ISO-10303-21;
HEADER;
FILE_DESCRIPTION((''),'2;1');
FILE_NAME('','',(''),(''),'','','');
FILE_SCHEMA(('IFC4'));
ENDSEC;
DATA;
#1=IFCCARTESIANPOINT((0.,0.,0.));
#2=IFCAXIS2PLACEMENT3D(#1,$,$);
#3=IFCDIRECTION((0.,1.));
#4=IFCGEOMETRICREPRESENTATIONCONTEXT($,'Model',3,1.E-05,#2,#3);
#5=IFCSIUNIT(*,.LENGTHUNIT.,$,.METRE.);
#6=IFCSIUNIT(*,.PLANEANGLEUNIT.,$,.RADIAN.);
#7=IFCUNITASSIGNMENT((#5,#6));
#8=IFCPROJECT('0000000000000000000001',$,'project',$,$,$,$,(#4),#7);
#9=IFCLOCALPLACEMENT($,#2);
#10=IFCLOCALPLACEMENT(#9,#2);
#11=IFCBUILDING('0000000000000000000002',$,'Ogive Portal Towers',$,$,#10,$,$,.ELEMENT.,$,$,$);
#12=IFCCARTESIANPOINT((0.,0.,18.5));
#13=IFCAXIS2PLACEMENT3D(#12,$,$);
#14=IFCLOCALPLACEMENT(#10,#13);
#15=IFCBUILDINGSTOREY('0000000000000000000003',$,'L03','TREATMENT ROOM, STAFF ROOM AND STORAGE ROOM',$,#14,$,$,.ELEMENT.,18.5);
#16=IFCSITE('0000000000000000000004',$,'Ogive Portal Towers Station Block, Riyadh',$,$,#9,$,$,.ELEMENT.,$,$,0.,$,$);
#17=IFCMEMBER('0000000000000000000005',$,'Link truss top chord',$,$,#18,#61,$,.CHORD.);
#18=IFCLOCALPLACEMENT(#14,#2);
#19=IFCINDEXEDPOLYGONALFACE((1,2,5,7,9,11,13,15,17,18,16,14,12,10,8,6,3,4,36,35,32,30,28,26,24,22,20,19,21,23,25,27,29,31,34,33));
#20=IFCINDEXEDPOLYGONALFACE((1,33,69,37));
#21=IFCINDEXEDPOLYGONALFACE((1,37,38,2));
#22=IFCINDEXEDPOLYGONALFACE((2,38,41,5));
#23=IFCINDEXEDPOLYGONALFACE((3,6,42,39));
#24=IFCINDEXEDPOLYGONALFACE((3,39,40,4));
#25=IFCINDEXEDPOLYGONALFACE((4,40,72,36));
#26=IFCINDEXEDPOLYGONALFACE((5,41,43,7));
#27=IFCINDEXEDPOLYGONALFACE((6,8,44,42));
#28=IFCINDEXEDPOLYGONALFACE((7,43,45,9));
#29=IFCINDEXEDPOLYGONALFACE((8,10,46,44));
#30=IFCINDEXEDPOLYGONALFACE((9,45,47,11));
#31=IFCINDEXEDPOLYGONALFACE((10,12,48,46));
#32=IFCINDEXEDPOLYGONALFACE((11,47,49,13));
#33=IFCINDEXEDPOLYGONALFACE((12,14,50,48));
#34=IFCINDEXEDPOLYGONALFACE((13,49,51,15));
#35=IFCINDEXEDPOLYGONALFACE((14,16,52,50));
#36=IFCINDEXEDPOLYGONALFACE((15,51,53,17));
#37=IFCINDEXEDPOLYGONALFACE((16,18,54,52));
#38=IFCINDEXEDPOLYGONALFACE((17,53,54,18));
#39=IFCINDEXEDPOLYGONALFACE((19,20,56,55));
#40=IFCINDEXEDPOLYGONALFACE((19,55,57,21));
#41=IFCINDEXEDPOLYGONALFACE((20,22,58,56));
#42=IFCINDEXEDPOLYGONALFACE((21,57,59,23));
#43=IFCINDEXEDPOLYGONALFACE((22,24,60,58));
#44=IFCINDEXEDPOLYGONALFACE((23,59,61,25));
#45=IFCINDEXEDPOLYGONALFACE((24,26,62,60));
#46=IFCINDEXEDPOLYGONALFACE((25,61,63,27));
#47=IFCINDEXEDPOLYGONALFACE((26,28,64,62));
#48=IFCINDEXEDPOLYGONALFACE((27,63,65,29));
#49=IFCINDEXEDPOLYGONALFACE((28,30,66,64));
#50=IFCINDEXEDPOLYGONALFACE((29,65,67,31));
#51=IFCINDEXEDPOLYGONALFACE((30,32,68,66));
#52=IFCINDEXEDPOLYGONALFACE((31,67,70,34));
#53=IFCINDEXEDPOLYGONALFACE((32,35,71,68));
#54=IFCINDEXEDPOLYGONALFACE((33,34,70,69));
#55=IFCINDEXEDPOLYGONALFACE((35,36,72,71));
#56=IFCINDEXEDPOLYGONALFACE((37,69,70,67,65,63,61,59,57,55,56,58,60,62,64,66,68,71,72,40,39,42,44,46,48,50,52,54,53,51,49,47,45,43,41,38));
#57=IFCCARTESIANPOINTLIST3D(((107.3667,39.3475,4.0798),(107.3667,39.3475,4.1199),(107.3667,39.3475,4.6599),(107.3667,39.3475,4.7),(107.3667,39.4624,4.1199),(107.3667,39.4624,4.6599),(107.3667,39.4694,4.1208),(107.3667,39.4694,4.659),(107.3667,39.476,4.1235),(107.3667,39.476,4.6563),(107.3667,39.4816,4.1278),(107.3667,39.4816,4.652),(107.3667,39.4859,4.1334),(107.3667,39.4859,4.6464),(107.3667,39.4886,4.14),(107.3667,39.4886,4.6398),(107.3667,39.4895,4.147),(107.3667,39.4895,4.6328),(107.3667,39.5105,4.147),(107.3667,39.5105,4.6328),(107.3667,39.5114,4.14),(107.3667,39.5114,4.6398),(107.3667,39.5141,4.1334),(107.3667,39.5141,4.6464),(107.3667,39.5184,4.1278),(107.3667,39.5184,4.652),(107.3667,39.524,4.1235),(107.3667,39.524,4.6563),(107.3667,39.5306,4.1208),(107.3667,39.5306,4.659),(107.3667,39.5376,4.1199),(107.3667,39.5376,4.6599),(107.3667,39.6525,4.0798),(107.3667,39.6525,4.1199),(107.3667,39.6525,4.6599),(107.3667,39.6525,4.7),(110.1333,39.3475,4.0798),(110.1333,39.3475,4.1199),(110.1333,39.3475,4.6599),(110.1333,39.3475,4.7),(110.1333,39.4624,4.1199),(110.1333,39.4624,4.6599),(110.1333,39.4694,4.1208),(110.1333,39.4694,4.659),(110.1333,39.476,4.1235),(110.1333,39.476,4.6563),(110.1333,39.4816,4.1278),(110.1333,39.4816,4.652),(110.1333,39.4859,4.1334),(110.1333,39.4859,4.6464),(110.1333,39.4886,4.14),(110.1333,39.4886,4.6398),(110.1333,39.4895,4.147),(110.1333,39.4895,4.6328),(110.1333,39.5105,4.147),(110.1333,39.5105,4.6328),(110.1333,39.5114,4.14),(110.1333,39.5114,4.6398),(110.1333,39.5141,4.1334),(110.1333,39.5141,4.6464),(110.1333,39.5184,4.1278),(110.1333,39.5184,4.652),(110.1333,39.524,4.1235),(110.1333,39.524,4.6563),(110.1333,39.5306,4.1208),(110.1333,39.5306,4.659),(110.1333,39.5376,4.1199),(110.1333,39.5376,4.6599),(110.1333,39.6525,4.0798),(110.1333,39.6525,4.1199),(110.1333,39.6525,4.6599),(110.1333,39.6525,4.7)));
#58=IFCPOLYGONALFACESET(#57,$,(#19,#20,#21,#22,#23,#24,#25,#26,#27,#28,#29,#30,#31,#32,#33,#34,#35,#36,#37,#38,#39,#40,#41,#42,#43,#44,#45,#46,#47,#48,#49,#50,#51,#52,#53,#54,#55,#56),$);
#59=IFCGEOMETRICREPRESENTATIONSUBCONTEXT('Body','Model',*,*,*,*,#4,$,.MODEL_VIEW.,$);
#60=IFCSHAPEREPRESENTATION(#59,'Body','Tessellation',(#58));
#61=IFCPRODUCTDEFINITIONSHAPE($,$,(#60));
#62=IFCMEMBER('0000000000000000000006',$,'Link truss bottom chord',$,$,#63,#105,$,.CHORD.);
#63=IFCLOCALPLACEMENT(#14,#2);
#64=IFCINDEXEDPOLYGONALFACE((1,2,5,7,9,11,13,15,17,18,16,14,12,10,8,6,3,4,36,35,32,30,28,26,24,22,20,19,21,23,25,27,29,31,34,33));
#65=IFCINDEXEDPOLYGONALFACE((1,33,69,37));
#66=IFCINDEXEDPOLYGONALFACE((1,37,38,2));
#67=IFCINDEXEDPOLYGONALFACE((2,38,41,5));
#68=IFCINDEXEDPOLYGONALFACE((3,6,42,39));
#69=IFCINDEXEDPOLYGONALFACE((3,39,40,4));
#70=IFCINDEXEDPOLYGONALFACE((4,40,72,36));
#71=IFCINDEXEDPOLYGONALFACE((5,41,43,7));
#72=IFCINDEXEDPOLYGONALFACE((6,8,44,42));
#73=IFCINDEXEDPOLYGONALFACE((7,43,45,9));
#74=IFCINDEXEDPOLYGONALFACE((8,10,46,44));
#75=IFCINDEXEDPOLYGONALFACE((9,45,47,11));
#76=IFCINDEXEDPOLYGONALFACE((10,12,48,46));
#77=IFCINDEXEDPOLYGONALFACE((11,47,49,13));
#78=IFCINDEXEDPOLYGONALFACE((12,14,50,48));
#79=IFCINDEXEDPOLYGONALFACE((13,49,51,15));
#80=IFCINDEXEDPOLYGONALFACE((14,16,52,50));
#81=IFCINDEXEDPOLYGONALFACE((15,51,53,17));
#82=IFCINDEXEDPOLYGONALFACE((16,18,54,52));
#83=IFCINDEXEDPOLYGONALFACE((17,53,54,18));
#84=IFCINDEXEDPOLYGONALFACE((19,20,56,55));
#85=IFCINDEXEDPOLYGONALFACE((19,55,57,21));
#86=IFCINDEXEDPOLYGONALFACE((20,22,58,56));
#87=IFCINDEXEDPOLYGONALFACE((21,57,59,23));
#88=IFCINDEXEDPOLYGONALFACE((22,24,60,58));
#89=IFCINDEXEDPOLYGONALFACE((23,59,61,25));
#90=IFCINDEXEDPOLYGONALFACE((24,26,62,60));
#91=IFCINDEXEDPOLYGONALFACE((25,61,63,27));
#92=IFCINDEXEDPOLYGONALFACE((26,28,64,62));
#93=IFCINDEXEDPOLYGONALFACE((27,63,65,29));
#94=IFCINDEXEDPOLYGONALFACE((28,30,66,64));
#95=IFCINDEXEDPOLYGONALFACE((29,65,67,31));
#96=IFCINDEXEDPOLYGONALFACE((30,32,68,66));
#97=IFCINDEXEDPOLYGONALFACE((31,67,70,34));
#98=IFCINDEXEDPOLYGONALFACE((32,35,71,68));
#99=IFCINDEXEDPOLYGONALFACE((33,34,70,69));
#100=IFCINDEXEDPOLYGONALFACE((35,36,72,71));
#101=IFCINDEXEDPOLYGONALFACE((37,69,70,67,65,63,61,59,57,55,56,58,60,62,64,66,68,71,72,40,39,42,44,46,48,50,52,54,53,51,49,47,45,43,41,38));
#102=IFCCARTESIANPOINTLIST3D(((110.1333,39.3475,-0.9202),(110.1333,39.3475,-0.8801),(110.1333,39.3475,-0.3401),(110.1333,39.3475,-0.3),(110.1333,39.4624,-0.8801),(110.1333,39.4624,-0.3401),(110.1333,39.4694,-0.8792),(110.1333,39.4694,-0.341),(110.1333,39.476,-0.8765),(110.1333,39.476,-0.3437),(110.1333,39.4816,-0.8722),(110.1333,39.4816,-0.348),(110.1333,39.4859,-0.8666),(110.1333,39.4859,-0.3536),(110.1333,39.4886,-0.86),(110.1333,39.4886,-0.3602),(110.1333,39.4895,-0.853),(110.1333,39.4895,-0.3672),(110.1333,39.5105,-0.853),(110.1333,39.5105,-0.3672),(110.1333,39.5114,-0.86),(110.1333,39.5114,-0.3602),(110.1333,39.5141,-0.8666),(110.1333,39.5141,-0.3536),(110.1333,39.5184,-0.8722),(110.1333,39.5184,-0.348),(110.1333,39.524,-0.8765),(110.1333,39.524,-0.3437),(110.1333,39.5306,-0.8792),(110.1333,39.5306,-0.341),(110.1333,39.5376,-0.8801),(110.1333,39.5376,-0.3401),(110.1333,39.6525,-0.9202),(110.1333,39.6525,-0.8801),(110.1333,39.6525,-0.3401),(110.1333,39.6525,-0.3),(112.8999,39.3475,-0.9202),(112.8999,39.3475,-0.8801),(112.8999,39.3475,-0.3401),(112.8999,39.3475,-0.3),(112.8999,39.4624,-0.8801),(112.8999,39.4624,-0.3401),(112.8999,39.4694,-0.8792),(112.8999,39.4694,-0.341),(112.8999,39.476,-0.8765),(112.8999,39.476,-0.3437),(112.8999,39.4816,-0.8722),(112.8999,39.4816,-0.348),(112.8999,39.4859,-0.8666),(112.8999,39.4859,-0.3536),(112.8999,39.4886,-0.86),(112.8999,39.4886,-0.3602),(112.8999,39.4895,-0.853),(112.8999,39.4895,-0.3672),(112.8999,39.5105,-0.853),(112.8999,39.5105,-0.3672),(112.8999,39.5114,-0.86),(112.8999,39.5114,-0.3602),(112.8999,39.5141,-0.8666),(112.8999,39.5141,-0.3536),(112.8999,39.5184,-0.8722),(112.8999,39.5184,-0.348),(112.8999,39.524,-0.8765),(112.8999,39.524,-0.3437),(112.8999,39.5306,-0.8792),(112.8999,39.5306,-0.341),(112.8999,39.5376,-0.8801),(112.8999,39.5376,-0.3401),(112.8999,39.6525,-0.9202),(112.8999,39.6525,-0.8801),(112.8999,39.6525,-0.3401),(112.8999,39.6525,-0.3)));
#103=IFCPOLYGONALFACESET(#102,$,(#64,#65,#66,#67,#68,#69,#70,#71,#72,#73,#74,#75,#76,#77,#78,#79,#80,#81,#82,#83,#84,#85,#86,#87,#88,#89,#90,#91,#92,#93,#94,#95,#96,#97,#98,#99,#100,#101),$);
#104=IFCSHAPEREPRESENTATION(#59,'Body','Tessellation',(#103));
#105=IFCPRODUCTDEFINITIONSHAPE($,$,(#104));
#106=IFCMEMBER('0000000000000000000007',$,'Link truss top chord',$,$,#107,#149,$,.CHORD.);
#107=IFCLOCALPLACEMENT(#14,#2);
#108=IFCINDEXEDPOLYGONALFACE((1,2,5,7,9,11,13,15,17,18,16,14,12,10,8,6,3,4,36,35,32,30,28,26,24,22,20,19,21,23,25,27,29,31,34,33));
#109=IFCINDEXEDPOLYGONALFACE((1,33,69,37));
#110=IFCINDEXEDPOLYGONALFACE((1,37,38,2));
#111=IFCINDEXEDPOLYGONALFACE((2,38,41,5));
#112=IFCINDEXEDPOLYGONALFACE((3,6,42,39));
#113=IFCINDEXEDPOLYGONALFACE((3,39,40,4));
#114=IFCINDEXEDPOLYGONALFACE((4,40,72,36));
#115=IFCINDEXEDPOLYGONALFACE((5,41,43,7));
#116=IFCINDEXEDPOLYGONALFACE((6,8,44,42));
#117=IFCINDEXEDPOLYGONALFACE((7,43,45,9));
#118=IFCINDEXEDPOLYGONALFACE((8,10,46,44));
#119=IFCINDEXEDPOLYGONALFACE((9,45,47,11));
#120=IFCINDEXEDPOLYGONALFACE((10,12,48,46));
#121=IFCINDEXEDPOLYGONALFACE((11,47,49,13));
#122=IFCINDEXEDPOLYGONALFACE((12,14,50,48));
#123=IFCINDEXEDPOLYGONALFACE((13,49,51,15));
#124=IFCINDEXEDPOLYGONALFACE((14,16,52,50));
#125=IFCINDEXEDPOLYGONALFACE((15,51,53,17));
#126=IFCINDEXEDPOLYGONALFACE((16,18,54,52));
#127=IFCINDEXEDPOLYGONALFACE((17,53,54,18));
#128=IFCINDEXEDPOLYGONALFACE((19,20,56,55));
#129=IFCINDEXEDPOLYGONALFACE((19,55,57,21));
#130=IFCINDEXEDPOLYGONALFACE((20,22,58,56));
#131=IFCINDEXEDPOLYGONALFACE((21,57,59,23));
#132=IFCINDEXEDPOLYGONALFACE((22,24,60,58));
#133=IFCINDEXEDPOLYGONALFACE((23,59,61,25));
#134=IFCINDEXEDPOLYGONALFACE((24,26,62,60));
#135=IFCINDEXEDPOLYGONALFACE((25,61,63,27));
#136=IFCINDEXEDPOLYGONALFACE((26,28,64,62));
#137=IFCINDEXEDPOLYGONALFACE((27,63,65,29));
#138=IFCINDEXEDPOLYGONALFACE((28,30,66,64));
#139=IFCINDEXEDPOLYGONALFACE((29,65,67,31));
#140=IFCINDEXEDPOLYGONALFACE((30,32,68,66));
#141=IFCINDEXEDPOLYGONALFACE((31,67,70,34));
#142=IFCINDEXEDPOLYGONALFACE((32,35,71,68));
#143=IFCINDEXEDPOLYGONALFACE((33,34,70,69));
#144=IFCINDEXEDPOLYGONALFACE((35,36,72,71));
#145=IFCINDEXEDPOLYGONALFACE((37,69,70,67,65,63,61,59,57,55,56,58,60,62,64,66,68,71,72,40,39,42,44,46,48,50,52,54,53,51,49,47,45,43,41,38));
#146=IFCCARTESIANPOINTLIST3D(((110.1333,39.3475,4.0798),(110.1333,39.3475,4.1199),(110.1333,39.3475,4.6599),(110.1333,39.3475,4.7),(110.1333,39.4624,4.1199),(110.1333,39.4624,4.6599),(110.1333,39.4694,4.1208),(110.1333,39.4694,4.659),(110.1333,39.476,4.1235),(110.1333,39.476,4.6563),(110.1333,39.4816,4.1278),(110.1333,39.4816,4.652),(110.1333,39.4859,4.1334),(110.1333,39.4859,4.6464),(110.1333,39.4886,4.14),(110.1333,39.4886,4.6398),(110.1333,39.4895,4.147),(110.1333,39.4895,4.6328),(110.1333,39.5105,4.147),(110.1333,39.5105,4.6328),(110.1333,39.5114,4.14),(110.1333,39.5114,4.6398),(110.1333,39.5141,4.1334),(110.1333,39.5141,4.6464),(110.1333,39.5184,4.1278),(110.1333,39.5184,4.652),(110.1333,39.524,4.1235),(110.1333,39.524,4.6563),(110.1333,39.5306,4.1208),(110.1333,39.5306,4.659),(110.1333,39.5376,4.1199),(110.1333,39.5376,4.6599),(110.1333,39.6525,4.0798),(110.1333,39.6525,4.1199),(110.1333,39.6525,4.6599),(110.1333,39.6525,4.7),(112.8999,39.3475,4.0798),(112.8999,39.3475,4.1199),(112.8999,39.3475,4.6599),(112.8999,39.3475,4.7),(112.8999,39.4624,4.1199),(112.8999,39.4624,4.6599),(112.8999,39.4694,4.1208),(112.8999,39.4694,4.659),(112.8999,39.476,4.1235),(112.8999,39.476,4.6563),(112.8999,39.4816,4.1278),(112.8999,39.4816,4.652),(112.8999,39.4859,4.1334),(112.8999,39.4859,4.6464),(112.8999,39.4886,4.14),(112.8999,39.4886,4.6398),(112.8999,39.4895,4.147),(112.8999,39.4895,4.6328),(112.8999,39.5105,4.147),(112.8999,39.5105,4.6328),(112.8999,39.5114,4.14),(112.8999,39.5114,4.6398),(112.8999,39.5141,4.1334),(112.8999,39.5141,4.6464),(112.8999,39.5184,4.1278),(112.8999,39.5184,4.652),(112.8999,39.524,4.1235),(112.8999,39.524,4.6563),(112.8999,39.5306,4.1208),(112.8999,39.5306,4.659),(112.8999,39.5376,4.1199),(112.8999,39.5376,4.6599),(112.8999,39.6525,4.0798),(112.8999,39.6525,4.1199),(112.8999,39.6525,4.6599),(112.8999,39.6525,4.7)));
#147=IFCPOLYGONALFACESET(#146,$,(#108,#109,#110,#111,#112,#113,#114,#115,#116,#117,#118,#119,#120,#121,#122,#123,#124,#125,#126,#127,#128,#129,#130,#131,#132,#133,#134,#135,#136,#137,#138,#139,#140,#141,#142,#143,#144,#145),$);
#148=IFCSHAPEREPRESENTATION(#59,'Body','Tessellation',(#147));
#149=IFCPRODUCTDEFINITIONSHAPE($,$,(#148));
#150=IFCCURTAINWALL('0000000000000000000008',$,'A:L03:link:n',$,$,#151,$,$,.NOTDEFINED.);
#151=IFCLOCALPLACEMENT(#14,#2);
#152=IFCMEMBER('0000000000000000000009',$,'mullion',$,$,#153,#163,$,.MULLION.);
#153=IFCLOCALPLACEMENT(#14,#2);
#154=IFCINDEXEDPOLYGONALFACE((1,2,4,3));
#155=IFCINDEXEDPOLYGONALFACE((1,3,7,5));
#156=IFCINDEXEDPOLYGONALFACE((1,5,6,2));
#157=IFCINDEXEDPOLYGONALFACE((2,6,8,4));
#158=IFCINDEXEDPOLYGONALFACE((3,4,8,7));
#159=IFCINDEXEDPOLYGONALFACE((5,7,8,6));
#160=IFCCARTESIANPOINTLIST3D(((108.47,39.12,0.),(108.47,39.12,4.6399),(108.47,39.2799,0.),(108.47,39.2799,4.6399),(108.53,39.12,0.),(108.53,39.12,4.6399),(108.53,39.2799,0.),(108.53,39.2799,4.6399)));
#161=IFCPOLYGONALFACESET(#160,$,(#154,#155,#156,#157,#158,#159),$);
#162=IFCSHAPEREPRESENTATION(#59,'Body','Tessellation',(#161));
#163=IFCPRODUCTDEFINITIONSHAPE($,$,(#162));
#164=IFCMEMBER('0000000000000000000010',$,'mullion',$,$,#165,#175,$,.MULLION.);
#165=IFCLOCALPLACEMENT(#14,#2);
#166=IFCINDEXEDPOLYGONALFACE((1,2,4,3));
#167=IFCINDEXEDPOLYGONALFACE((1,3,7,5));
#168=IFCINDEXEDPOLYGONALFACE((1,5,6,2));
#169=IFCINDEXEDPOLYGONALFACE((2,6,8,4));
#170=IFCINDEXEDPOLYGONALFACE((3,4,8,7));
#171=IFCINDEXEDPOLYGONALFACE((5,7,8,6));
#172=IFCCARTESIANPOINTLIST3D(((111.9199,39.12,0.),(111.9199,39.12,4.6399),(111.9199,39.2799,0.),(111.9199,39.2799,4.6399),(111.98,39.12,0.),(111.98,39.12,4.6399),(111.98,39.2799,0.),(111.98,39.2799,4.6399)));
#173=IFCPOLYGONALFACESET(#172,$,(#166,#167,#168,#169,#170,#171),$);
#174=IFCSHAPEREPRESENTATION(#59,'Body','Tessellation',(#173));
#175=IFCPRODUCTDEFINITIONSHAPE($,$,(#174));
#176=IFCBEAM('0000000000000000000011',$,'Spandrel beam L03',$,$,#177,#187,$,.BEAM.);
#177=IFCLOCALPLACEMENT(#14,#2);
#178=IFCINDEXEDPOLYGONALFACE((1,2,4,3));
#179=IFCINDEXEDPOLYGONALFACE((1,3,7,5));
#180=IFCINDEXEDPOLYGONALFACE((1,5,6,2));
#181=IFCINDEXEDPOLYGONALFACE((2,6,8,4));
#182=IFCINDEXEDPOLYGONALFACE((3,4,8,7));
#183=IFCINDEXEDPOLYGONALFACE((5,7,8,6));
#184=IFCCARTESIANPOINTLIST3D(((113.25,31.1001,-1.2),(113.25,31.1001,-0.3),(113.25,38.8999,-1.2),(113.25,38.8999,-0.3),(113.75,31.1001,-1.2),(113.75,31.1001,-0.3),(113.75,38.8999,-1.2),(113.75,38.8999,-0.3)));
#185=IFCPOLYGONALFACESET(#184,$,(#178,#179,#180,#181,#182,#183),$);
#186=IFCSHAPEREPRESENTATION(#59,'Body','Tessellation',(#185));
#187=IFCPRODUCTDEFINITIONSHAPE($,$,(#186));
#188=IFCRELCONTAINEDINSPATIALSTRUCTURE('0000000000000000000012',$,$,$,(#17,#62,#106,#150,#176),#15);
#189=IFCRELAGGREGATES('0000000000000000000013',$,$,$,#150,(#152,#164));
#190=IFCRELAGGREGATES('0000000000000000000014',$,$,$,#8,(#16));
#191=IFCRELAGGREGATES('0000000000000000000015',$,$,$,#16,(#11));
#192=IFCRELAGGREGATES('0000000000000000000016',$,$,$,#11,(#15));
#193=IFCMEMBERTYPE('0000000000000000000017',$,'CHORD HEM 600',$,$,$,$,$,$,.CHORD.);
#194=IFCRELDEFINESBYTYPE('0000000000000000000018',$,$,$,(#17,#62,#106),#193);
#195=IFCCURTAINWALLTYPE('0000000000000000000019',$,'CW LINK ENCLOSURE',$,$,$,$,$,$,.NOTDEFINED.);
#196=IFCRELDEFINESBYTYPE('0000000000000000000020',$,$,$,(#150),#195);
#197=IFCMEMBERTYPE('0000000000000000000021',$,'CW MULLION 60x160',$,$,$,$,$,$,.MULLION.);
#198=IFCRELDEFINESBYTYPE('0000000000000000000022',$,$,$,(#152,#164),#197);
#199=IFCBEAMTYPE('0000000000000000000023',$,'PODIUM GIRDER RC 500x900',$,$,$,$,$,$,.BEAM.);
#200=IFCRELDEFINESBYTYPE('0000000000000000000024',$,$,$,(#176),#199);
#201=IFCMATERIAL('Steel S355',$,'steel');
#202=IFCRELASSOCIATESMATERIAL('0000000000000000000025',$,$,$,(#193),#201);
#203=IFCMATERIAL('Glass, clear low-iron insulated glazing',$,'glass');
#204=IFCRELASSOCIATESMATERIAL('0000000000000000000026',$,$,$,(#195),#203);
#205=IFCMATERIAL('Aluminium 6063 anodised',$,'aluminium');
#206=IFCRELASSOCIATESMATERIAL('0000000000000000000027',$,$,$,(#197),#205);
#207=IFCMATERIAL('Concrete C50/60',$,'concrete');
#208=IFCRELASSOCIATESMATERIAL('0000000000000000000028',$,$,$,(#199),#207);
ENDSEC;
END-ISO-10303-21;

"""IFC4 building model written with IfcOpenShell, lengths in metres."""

from ifc_helpers import new_model, si_unit, direction, frame, origin, origin_2d, place, context, subcontext, project, spatial, rectangle, i_section, extrude, material, material_profile, profile_set, type_object, element, aggregate, save


model = new_model("IFC4")

# Units and contexts
model_context = context("Model", 3, precision=1e-05, world=origin(), true_north=direction((0.0, 1.0)))
body_context = subcontext(model_context, "Body", "Model", "MODEL_VIEW")
ifc_project = project(units=[si_unit("LENGTHUNIT", "METRE"), si_unit("PLANEANGLEUNIT", "RADIAN")], contexts=[model_context])

# Site, building, storey
site_placement = place(None, origin())
site = spatial("IfcSite", under=ifc_project, at=site_placement, Name="Ogive Portal Towers Station Block, Riyadh", CompositionType="ELEMENT", RefElevation=0.0)
building_placement = place(site_placement, origin())
building = spatial("IfcBuilding", under=site, at=building_placement, Name="Ogive Portal Towers", CompositionType="ELEMENT")
storey_placement = place(building_placement, frame((0.0, 0.0, 18.5)))
storey = spatial("IfcBuildingStorey", under=building, at=storey_placement, Name="L03", Description="TREATMENT ROOM, STAFF ROOM AND STORAGE ROOM", CompositionType="ELEMENT", Elevation=18.5)

# Shared definitions
ifc_material_1 = material(Name="Concrete C50/60", Category="concrete")

# Members
ifc_material_2 = material(Name="Steel S355", Category="steel")
ifc_material_profile_1 = material_profile(ifc_material_2, i_section(OverallWidth=0.3049, OverallDepth=0.6201, WebThickness=0.021, FlangeThickness=0.04, FilletRadius=0.0271, at=origin_2d()), Name="HEM 600")
ifc_profile_set_1 = profile_set([ifc_material_profile_1], Name="Steel S355")
member_type_1 = type_object("IfcMemberType", Name="CHORD HEM 600", PredefinedType="CHORD", material=ifc_profile_set_1)
for number, where, z_axis, x_axis, name in (
    (1, (107.3667, 39.5, 4.3899), (1.0, 0.0, 0.0), (0.0, 1.0, 0.0), "Link truss top chord"),
    (2, (110.1333, 39.5, -0.6101), (1.0, 0.0, 0.0), (0.0, 1.0, 0.0), "Link truss bottom chord"),
    (3, (110.1333, 39.5, 4.3899), (1.0, 0.0, 0.0), (0.0, 1.0, 0.0), "Link truss top chord"),
):
    element("IfcMember", number, at=place(storey_placement, frame(where, z_axis=z_axis, x_axis=x_axis)), inside=storey, type_object=member_type_1, Name=name, PredefinedType="CHORD", context=body_context, shape_type="SweptSolid", body=[
        extrude(i_section(OverallWidth=0.3049, OverallDepth=0.6201, WebThickness=0.021, FlangeThickness=0.04, FilletRadius=0.0271, at=origin_2d()), origin(), (0.0, 0.0, 1.0), 2.7666),
    ])

# Curtain wall, members
ifc_material_3 = material(Name="Glass, clear low-iron insulated glazing", Category="glass")
curtain_wall_type = type_object("IfcCurtainWallType", Name="CW LINK ENCLOSURE", PredefinedType="NOTDEFINED", material=ifc_material_3)
curtain_wall_placement = place(storey_placement, origin())
curtain_wall = element("IfcCurtainWall", 4, at=curtain_wall_placement, inside=storey, type_object=curtain_wall_type, Name="A:L03:link:n", PredefinedType="NOTDEFINED")
ifc_material_4 = material(Name="Aluminium 6063 anodised", Category="aluminium")
ifc_material_profile_2 = material_profile(ifc_material_4, rectangle(XDim=0.1599, YDim=0.0601, at=origin_2d()), Name="AL 60x160")
ifc_profile_set_2 = profile_set([ifc_material_profile_2], Name="Aluminium 6063 anodised")
member_type_2 = type_object("IfcMemberType", Name="CW MULLION 60x160", PredefinedType="MULLION", material=ifc_profile_set_2)
member_1_placement = place(storey_placement, frame((108.5, 39.2, 0.0), z_axis=(0.0, 0.0, 1.0), x_axis=(0.0, 1.0, 0.0)))
member_1 = element("IfcMember", 5, at=member_1_placement, type_object=member_type_2, Name="mullion", PredefinedType="MULLION", context=body_context, shape_type="SweptSolid", body=[
    extrude(rectangle(XDim=0.1599, YDim=0.0601, at=origin_2d()), origin(), (0.0, 0.0, 1.0), 4.6399),
])
member_2_placement = place(storey_placement, frame((111.95, 39.2, 0.0), z_axis=(0.0, 0.0, 1.0), x_axis=(0.0, 1.0, 0.0)))
member_2 = element("IfcMember", 6, at=member_2_placement, type_object=member_type_2, Name="mullion", PredefinedType="MULLION", context=body_context, shape_type="SweptSolid", body=[
    extrude(rectangle(XDim=0.1599, YDim=0.0601, at=origin_2d()), origin(), (0.0, 0.0, 1.0), 4.6399),
])

# Beam
ifc_material_profile_3 = material_profile(ifc_material_1, rectangle(XDim=0.5, YDim=0.8999, at=origin_2d()), Name="RC 500x900")
ifc_profile_set_3 = profile_set([ifc_material_profile_3], Name="Concrete C50/60")
beam_type_1 = type_object("IfcBeamType", Name="PODIUM GIRDER RC 500x900", PredefinedType="BEAM", material=ifc_profile_set_3)
beam_1_placement = place(storey_placement, frame((113.5, 38.8999, -0.75), z_axis=(0.0, -1.0, 0.0), x_axis=(1.0, 0.0, 0.0)))
element("IfcBeam", 7, at=beam_1_placement, inside=storey, type_object=beam_type_1, Name="Spandrel beam L03", PredefinedType="BEAM", context=body_context, shape_type="SweptSolid", body=[
    extrude(rectangle(XDim=0.5, YDim=0.8999, at=origin_2d()), origin(), (0.0, 0.0, 1.0), 7.7998),
])

aggregate(curtain_wall, [member_1, member_2])

save(model, "model.ifc")
